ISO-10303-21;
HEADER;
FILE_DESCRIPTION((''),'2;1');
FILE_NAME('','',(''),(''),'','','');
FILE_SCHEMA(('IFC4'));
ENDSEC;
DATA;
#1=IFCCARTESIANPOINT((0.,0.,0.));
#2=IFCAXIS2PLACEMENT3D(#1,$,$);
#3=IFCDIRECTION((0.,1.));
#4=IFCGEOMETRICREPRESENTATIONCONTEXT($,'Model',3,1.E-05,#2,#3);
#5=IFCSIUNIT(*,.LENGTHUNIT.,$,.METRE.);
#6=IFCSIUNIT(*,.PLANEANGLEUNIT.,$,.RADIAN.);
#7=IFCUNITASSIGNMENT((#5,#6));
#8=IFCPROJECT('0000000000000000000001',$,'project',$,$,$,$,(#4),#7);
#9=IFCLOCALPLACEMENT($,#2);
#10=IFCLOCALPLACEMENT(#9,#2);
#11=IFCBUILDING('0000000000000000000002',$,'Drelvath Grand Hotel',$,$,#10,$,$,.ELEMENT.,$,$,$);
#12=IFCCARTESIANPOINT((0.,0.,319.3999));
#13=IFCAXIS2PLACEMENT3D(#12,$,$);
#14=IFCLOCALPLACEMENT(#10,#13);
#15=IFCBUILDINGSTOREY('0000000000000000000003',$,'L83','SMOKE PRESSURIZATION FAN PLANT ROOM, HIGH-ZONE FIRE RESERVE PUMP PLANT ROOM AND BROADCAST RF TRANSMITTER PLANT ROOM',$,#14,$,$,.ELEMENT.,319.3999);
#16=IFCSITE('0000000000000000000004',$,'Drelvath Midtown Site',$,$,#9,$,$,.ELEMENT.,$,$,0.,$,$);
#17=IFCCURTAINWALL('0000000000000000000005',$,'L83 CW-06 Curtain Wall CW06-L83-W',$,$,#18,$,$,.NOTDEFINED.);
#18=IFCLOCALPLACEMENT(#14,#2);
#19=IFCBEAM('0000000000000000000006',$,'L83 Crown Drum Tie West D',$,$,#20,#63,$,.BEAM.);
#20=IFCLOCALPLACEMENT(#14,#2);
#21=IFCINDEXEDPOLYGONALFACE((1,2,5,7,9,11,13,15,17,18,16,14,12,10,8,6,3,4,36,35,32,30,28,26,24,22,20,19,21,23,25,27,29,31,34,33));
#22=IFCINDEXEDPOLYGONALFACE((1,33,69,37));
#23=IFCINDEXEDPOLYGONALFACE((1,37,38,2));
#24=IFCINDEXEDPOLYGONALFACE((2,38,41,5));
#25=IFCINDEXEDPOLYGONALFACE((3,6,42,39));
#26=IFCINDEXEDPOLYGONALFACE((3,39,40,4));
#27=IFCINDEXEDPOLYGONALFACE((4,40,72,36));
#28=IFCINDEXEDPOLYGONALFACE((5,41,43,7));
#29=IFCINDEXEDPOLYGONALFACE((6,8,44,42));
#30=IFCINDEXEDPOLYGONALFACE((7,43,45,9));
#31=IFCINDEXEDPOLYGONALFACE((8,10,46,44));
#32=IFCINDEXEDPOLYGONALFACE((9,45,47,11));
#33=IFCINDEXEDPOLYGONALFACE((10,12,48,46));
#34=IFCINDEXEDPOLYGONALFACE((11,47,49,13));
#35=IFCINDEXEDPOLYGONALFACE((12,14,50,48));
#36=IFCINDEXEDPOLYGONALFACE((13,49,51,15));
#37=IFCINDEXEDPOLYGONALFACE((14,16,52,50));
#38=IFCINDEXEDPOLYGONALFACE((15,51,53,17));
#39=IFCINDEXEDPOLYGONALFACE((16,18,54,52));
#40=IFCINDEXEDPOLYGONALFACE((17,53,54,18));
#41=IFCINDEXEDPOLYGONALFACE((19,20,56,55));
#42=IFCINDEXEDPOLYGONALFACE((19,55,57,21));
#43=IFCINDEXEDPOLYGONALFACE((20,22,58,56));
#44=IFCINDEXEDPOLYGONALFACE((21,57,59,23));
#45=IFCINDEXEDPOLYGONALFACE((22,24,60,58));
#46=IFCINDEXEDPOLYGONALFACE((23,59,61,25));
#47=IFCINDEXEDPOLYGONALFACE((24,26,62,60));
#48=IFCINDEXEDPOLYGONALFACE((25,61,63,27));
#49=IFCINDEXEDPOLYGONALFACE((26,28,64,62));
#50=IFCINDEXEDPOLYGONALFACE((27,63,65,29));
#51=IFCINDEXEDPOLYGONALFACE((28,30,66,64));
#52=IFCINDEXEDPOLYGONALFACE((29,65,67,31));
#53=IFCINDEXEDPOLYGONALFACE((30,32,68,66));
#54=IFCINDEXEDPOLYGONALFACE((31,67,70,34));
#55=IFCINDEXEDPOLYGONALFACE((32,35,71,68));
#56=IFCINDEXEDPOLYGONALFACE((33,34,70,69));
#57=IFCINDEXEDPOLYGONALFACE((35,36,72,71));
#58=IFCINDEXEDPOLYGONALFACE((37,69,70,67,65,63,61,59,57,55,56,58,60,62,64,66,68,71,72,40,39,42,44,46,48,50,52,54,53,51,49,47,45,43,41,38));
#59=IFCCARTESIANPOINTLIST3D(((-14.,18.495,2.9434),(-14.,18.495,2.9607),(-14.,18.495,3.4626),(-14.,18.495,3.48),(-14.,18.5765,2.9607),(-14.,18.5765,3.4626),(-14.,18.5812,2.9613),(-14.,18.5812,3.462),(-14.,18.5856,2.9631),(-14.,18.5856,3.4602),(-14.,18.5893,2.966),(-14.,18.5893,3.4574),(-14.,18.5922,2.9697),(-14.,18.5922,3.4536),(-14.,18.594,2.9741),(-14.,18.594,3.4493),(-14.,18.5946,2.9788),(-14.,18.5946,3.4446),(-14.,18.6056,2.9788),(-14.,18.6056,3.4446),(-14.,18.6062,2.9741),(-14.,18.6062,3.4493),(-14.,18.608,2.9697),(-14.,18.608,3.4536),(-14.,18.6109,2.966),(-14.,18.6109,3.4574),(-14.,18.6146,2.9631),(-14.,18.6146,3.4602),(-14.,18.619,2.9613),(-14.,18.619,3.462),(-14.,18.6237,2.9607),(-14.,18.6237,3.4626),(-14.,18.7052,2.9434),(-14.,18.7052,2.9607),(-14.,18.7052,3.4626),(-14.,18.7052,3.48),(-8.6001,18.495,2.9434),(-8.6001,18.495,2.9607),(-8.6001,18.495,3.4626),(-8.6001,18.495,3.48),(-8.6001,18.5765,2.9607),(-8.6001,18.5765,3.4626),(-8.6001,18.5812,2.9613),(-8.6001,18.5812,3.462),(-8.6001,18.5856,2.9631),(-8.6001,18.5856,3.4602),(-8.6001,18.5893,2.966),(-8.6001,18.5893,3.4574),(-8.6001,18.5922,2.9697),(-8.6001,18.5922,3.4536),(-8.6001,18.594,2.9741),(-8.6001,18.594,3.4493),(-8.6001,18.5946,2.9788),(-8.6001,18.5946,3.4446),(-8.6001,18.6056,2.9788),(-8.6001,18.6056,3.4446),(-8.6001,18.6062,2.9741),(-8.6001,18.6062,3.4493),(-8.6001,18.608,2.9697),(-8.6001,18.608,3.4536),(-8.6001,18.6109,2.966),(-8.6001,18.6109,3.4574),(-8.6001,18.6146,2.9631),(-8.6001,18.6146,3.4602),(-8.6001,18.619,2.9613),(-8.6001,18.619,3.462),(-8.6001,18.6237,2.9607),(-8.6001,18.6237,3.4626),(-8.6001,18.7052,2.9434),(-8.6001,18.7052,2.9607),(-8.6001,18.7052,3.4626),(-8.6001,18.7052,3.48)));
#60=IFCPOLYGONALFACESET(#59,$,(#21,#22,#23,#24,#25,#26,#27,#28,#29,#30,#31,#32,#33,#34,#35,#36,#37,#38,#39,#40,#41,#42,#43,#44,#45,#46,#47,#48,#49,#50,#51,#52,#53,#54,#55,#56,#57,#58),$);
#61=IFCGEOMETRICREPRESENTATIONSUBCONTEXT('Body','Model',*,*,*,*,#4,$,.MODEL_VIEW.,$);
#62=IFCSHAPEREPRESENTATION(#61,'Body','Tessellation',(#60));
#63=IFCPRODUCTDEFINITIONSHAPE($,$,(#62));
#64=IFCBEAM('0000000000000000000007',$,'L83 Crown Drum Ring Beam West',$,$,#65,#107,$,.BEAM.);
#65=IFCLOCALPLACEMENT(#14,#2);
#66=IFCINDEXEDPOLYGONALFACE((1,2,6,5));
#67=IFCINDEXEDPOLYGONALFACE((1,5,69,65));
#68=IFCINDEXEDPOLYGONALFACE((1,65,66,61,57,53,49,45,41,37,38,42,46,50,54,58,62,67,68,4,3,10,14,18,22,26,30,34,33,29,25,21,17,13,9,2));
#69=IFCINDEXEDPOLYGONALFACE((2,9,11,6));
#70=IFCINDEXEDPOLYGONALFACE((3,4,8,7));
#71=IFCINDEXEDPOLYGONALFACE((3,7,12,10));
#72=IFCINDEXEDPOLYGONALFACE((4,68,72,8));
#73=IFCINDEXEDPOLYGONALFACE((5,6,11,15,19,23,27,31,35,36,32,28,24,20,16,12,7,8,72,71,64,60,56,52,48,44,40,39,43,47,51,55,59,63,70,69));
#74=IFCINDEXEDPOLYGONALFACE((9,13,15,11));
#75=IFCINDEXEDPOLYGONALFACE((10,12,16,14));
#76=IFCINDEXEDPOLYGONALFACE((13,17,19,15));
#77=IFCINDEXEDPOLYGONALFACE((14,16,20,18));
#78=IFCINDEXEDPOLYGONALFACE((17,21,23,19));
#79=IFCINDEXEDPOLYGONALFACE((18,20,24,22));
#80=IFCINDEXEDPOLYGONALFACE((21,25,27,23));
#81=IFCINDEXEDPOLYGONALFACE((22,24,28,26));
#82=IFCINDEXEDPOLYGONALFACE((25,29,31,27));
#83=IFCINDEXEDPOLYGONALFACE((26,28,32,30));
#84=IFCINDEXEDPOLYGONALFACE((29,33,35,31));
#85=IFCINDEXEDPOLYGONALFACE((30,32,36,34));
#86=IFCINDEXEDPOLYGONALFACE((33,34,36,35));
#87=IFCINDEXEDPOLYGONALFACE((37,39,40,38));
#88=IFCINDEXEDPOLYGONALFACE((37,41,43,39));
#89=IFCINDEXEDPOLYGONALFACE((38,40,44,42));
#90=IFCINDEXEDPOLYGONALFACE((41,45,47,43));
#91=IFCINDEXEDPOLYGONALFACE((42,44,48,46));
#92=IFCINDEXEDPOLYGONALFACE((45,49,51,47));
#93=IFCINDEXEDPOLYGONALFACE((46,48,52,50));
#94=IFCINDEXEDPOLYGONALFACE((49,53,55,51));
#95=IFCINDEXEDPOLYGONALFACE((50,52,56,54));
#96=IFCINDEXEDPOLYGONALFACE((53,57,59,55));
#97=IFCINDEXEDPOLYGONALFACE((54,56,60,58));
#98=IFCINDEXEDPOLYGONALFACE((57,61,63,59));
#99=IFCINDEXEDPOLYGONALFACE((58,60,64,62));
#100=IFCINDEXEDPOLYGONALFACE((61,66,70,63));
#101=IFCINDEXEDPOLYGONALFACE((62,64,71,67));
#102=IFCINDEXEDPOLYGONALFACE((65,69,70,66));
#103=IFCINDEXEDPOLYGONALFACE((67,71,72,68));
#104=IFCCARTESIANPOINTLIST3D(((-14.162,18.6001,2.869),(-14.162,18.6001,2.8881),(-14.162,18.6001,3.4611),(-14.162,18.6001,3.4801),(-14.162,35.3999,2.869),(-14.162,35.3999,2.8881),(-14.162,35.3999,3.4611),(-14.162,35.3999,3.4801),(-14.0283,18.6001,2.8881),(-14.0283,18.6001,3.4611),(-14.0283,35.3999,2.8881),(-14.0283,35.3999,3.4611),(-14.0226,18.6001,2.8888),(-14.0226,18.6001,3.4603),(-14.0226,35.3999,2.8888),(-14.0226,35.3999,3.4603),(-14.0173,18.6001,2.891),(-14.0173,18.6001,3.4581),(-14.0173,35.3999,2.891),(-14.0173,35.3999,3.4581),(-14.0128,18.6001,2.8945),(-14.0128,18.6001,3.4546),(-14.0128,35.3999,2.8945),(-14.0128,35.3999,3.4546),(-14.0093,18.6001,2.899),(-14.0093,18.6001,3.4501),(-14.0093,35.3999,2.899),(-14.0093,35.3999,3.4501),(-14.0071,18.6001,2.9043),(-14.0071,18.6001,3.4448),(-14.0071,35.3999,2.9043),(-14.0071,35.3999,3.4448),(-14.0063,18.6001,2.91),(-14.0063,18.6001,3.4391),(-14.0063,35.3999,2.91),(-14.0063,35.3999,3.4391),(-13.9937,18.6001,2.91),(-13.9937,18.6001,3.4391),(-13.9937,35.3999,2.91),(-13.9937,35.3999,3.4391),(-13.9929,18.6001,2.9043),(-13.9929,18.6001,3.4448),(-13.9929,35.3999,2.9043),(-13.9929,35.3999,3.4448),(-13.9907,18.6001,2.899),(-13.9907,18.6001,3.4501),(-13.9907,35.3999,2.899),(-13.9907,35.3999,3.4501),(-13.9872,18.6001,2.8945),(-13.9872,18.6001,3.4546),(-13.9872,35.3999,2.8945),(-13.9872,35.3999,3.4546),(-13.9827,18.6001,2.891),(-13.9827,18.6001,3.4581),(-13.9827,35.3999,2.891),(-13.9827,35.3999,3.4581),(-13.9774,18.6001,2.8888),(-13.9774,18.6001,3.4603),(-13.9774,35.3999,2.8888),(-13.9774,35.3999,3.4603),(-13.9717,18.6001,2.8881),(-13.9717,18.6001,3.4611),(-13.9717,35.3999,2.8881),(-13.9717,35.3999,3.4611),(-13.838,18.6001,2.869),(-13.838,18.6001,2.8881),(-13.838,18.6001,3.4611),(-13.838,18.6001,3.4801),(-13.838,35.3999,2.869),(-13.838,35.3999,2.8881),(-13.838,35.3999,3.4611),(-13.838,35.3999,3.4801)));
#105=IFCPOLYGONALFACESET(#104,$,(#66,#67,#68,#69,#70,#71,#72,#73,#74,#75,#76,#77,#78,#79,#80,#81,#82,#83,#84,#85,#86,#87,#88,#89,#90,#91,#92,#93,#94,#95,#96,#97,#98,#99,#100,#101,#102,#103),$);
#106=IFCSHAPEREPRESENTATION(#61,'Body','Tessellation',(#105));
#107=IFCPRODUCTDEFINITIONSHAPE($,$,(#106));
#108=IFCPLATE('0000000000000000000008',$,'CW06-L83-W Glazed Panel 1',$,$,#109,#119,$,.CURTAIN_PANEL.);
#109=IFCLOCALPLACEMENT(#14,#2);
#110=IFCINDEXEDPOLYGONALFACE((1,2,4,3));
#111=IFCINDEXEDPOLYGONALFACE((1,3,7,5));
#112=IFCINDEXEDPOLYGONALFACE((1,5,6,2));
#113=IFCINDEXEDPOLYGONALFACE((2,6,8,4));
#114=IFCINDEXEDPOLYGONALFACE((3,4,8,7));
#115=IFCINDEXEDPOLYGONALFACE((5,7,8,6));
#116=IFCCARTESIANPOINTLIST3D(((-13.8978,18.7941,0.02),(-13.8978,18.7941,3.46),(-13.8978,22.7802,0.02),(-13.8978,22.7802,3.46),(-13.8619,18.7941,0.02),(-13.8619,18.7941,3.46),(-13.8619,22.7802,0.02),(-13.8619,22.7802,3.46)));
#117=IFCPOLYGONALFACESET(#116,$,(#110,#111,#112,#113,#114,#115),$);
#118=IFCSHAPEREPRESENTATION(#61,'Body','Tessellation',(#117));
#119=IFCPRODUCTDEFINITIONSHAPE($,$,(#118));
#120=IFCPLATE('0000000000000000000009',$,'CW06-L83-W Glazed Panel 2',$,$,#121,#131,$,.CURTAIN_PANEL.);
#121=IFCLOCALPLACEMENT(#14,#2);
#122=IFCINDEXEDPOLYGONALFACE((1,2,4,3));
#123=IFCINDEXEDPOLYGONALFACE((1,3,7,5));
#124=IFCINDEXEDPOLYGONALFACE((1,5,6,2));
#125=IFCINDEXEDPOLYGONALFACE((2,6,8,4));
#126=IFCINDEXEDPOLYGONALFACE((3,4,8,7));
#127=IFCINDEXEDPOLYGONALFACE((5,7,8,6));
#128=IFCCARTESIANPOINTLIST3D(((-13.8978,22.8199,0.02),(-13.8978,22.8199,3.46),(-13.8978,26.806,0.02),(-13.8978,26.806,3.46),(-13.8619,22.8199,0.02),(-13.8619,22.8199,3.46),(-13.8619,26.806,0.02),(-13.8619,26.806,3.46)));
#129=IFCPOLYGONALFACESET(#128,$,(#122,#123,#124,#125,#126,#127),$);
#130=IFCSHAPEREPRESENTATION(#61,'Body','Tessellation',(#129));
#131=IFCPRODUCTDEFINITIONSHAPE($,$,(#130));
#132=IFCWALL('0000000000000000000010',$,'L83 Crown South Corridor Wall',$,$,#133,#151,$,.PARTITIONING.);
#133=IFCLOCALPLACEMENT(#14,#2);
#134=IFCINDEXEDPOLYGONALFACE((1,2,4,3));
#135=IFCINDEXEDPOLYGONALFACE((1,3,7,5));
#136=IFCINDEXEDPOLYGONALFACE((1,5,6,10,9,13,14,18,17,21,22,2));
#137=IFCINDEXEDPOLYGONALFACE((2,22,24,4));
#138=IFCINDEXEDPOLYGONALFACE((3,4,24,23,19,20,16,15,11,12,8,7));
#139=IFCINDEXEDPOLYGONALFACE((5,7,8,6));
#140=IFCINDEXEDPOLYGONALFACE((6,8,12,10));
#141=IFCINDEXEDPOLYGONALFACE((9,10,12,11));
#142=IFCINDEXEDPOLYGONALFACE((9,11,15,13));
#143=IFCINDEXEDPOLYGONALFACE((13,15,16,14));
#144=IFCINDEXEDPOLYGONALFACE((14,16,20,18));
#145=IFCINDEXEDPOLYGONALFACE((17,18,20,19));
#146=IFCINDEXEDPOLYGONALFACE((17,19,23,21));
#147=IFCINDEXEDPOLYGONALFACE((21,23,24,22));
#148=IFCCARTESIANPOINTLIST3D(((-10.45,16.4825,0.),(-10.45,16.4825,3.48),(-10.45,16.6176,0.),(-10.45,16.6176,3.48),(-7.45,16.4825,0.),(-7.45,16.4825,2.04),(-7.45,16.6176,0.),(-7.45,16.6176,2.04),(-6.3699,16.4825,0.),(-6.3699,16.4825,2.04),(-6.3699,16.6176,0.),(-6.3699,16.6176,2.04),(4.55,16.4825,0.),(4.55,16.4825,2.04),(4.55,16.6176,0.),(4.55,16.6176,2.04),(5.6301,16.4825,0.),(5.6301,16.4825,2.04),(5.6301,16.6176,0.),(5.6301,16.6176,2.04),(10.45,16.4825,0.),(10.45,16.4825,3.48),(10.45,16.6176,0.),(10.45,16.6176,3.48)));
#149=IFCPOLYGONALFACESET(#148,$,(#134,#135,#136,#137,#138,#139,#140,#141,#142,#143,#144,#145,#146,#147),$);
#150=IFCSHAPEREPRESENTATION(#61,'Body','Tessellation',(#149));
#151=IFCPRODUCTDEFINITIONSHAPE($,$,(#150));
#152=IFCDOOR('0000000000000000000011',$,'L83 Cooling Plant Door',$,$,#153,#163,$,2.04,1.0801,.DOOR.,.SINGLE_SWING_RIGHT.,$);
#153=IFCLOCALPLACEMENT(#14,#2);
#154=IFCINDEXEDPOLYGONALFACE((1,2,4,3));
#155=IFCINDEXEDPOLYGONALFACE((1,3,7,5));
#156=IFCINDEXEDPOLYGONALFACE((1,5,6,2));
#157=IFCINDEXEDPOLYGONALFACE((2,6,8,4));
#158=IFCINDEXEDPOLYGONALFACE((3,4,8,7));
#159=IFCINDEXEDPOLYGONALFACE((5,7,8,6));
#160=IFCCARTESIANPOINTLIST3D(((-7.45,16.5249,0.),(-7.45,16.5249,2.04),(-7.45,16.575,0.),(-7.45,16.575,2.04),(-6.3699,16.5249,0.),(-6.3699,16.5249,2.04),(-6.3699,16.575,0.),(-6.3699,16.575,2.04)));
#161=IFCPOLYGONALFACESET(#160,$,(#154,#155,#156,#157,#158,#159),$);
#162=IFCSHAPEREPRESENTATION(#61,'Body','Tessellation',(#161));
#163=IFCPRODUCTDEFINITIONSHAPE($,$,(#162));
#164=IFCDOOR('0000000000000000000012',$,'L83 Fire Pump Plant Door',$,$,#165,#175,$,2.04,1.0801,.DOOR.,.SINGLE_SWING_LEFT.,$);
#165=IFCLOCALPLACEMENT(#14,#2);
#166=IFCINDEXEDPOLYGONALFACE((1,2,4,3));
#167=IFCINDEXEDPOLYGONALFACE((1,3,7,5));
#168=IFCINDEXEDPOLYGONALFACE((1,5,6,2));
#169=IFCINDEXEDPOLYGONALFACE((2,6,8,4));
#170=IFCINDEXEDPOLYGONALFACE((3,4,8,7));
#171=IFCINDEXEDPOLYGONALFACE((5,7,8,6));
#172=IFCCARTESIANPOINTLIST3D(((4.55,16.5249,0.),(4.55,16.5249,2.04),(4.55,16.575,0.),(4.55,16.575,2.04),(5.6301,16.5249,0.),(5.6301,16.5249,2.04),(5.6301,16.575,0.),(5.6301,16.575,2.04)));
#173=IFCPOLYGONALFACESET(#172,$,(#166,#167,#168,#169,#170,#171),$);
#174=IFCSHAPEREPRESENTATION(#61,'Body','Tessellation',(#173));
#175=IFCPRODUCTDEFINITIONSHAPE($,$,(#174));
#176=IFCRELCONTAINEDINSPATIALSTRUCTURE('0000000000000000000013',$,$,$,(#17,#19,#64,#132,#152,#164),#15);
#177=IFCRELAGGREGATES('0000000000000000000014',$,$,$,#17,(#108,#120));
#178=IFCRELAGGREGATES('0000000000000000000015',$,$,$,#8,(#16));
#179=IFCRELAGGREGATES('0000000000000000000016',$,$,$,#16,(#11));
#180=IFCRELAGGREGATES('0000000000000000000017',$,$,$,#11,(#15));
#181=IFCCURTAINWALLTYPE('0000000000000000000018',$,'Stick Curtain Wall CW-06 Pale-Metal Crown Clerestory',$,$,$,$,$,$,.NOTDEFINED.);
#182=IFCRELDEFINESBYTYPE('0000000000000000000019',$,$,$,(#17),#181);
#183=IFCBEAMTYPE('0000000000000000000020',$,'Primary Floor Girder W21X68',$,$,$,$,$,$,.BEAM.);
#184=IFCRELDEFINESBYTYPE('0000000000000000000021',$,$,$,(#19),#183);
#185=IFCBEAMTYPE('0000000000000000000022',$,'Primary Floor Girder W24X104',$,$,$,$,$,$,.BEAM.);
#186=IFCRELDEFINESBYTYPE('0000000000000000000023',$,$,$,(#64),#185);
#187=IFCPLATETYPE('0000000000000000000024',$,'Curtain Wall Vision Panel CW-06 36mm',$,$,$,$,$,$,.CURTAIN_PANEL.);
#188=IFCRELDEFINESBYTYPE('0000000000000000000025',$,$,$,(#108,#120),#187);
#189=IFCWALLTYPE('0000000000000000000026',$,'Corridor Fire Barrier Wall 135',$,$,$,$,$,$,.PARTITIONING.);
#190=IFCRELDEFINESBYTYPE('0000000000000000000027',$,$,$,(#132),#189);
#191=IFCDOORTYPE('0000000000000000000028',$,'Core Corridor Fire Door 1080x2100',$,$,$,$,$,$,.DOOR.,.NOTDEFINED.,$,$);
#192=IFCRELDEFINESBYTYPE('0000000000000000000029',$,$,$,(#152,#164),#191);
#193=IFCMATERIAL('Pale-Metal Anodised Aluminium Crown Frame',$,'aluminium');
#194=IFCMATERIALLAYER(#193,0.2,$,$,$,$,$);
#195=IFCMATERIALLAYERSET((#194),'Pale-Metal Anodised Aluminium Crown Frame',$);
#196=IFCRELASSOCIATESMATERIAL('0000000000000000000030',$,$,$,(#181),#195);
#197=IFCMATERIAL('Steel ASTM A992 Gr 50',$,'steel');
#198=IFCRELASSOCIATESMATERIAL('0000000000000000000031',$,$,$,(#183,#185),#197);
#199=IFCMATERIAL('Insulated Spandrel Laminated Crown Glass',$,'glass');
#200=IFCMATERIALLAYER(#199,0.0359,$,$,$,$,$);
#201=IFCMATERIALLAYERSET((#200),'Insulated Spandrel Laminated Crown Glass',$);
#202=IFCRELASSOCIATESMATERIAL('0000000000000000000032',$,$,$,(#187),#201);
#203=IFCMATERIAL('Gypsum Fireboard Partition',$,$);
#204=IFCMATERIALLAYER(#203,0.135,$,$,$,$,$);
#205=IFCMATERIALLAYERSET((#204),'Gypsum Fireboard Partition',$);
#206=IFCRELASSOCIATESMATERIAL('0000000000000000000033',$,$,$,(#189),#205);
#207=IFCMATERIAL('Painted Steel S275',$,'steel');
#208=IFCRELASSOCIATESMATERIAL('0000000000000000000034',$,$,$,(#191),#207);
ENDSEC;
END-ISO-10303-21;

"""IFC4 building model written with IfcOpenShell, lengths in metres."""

from ifc_helpers import new_model, si_unit, direction, frame, frame_2d, origin, origin_2d, place, context, subcontext, project, spatial, rectangle, i_section, extrude, material, layer, layer_set, material_profile, profile_set, type_object, element, fill, aggregate, save


model = new_model("IFC4")

# Units and contexts
model_context = context("Model", 3, precision=1e-05, world=origin(), true_north=direction((0.0, 1.0)))
body_context = subcontext(model_context, "Body", "Model", "MODEL_VIEW")
ifc_project = project(units=[si_unit("LENGTHUNIT", "METRE"), si_unit("PLANEANGLEUNIT", "RADIAN")], contexts=[model_context])

# Site, building, storey
site_placement = place(None, origin())
site = spatial("IfcSite", under=ifc_project, at=site_placement, Name="Drelvath Midtown Site", CompositionType="ELEMENT", RefElevation=0.0)
building_placement = place(site_placement, origin())
building = spatial("IfcBuilding", under=site, at=building_placement, Name="Drelvath Grand Hotel", CompositionType="ELEMENT")
storey_placement = place(building_placement, frame((0.0, 0.0, 319.3999)))
storey = spatial("IfcBuildingStorey", under=building, at=storey_placement, Name="L83", Description="SMOKE PRESSURIZATION FAN PLANT ROOM, HIGH-ZONE FIRE RESERVE PUMP PLANT ROOM AND BROADCAST RF TRANSMITTER PLANT ROOM", CompositionType="ELEMENT", Elevation=319.3999)

# Curtain wall
ifc_material_1 = material(Name="Pale-Metal Anodised Aluminium Crown Frame", Category="aluminium")
ifc_layer_1 = layer(ifc_material_1, 0.2)
ifc_layer_set_1 = layer_set([ifc_layer_1], Name="Pale-Metal Anodised Aluminium Crown Frame")
curtain_wall_type = type_object("IfcCurtainWallType", Name="Stick Curtain Wall CW-06 Pale-Metal Crown Clerestory", PredefinedType="NOTDEFINED", material=ifc_layer_set_1)
curtain_wall_placement = place(storey_placement, origin())
curtain_wall = element("IfcCurtainWall", 1, at=curtain_wall_placement, inside=storey, type_object=curtain_wall_type, Name="L83 CW-06 Curtain Wall CW06-L83-W", PredefinedType="NOTDEFINED")

# Beams
ifc_material_2 = material(Name="Steel ASTM A992 Gr 50", Category="steel")
ifc_material_profile_1 = material_profile(ifc_material_2, i_section(OverallWidth=0.2102, OverallDepth=0.5366, WebThickness=0.011, FlangeThickness=0.0173, FilletRadius=0.0181, at=origin_2d()), Name="W21X68")
ifc_profile_set_1 = profile_set([ifc_material_profile_1], Name="Steel ASTM A992 Gr 50")
beam_type_1 = type_object("IfcBeamType", Name="Primary Floor Girder W21X68", PredefinedType="BEAM", material=ifc_profile_set_1)
beam_1_placement = place(storey_placement, frame((-14.0, 18.6001, 3.2117), z_axis=(1.0, 0.0, 0.0), x_axis=(0.0, 1.0, 0.0)))
element("IfcBeam", 2, at=beam_1_placement, inside=storey, type_object=beam_type_1, Name="L83 Crown Drum Tie West D", PredefinedType="BEAM", context=body_context, shape_type="SweptSolid", body=[
    extrude(i_section(OverallWidth=0.2102, OverallDepth=0.5366, WebThickness=0.011, FlangeThickness=0.0173, FilletRadius=0.0181, at=origin_2d()), origin(), (0.0, 0.0, 1.0), 5.3999),
])
ifc_material_profile_2 = material_profile(ifc_material_2, i_section(OverallWidth=0.324, OverallDepth=0.6111, WebThickness=0.0127, FlangeThickness=0.019, FilletRadius=0.022, at=origin_2d()), Name="W24X104")
ifc_profile_set_2 = profile_set([ifc_material_profile_2], Name="Steel ASTM A992 Gr 50")
beam_type_2 = type_object("IfcBeamType", Name="Primary Floor Girder W24X104", PredefinedType="BEAM", material=ifc_profile_set_2)
beam_2_placement = place(storey_placement, frame((-14.0, 18.6001, 3.1746), z_axis=(0.0, 1.0, 0.0), x_axis=(-1.0, 0.0, 0.0)))
element("IfcBeam", 3, at=beam_2_placement, inside=storey, type_object=beam_type_2, Name="L83 Crown Drum Ring Beam West", PredefinedType="BEAM", context=body_context, shape_type="SweptSolid", body=[
    extrude(i_section(OverallWidth=0.324, OverallDepth=0.6111, WebThickness=0.0127, FlangeThickness=0.019, FilletRadius=0.022, at=origin_2d()), origin(), (0.0, 0.0, 1.0), 16.7998),
])

# Plates
ifc_material_3 = material(Name="Insulated Spandrel Laminated Crown Glass", Category="glass")
ifc_layer_2 = layer(ifc_material_3, 0.0359)
ifc_layer_set_2 = layer_set([ifc_layer_2], Name="Insulated Spandrel Laminated Crown Glass")
plate_type = type_object("IfcPlateType", Name="Curtain Wall Vision Panel CW-06 36mm", PredefinedType="CURTAIN_PANEL", material=ifc_layer_set_2)
plate_1_placement = place(storey_placement, frame((-13.8799, 20.7871, 0.02), z_axis=(0.0, 0.0, 1.0), x_axis=(0.0, 1.0, 0.0)))
plate_1 = element("IfcPlate", 4, at=plate_1_placement, type_object=plate_type, Name="CW06-L83-W Glazed Panel 1", PredefinedType="CURTAIN_PANEL", context=body_context, shape_type="SweptSolid", body=[
    extrude(rectangle(XDim=3.9861, YDim=0.0359, at=origin_2d()), origin(), (0.0, 0.0, 1.0), 3.4399),
])
plate_2_placement = place(storey_placement, frame((-13.8799, 24.813, 0.02), z_axis=(0.0, 0.0, 1.0), x_axis=(0.0, 1.0, 0.0)))
plate_2 = element("IfcPlate", 5, at=plate_2_placement, type_object=plate_type, Name="CW06-L83-W Glazed Panel 2", PredefinedType="CURTAIN_PANEL", context=body_context, shape_type="SweptSolid", body=[
    extrude(rectangle(XDim=3.9861, YDim=0.0359, at=origin_2d()), origin(), (0.0, 0.0, 1.0), 3.4399),
])
aggregate(curtain_wall, [plate_1, plate_2])

# Wall, openings, doors
ifc_material_4 = material(Name="Gypsum Fireboard Partition")
ifc_layer_3 = layer(ifc_material_4, 0.135)
ifc_layer_set_3 = layer_set([ifc_layer_3], Name="Gypsum Fireboard Partition")
wall_type_1 = type_object("IfcWallType", Name="Corridor Fire Barrier Wall 135", PredefinedType="PARTITIONING", material=ifc_layer_set_3)
wall_1_placement = place(storey_placement, frame((-10.45, 16.55, 0.0), z_axis=(0.0, 0.0, 1.0), x_axis=(1.0, 0.0, 0.0)))
wall_1 = element("IfcWall", 6, at=wall_1_placement, inside=storey, type_object=wall_type_1, Name="L83 Crown South Corridor Wall", PredefinedType="PARTITIONING", context=body_context, shape_type="SweptSolid", body=[
    extrude(rectangle(XDim=20.8999, YDim=0.135, at=frame_2d((10.45, 0.0))), origin(), (0.0, 0.0, 1.0), 3.48),
])
opening_1_placement = place(wall_1_placement, frame((3.0, 0.0, 0.0)))
opening_1 = element("IfcOpeningElement", 7, at=opening_1_placement, cuts=wall_1, PredefinedType="OPENING", context=body_context, shape_type="SweptSolid", body=[
    extrude(rectangle(XDim=1.0801, YDim=2.04, at=frame_2d((0.54, 1.02))), frame((0.0, 0.0774, 0.0), z_axis=(0.0, -1.0, 0.0), x_axis=(1.0, 0.0, 0.0)), (0.0, 0.0, 1.0), 0.155),
])
opening_2_placement = place(wall_1_placement, frame((15.0, 0.0, 0.0)))
opening_2 = element("IfcOpeningElement", 8, at=opening_2_placement, cuts=wall_1, PredefinedType="OPENING", context=body_context, shape_type="SweptSolid", body=[
    extrude(rectangle(XDim=1.0801, YDim=2.04, at=frame_2d((0.54, 1.02))), frame((0.0, 0.0774, 0.0), z_axis=(0.0, -1.0, 0.0), x_axis=(1.0, 0.0, 0.0)), (0.0, 0.0, 1.0), 0.155),
])
ifc_material_5 = material(Name="Painted Steel S275", Category="steel")
door_type = type_object("IfcDoorType", Name="Core Corridor Fire Door 1080x2100", OperationType="NOTDEFINED", PredefinedType="DOOR", material=ifc_material_5)
door_1_placement = place(opening_1_placement, origin())
door_1 = element("IfcDoor", 9, at=door_1_placement, inside=storey, type_object=door_type, Name="L83 Cooling Plant Door", OperationType="SINGLE_SWING_RIGHT", OverallHeight=2.04, OverallWidth=1.0801, PredefinedType="DOOR", context=body_context, shape_type="SweptSolid", body=[
    extrude(rectangle(XDim=1.0801, YDim=2.04, at=frame_2d((0.54, 1.02))), frame((0.0, 0.0249, 0.0), z_axis=(0.0, -1.0, 0.0), x_axis=(1.0, 0.0, 0.0)), (0.0, 0.0, 1.0), 0.05),
])
fill(opening_1, door_1)
door_2_placement = place(opening_2_placement, origin())
door_2 = element("IfcDoor", 10, at=door_2_placement, inside=storey, type_object=door_type, Name="L83 Fire Pump Plant Door", OperationType="SINGLE_SWING_LEFT", OverallHeight=2.04, OverallWidth=1.0801, PredefinedType="DOOR", context=body_context, shape_type="SweptSolid", body=[
    extrude(rectangle(XDim=1.0801, YDim=2.04, at=frame_2d((0.54, 1.02))), frame((0.0, 0.0249, 0.0), z_axis=(0.0, -1.0, 0.0), x_axis=(1.0, 0.0, 0.0)), (0.0, 0.0, 1.0), 0.05),
])
fill(opening_2, door_2)

save(model, "model.ifc")
